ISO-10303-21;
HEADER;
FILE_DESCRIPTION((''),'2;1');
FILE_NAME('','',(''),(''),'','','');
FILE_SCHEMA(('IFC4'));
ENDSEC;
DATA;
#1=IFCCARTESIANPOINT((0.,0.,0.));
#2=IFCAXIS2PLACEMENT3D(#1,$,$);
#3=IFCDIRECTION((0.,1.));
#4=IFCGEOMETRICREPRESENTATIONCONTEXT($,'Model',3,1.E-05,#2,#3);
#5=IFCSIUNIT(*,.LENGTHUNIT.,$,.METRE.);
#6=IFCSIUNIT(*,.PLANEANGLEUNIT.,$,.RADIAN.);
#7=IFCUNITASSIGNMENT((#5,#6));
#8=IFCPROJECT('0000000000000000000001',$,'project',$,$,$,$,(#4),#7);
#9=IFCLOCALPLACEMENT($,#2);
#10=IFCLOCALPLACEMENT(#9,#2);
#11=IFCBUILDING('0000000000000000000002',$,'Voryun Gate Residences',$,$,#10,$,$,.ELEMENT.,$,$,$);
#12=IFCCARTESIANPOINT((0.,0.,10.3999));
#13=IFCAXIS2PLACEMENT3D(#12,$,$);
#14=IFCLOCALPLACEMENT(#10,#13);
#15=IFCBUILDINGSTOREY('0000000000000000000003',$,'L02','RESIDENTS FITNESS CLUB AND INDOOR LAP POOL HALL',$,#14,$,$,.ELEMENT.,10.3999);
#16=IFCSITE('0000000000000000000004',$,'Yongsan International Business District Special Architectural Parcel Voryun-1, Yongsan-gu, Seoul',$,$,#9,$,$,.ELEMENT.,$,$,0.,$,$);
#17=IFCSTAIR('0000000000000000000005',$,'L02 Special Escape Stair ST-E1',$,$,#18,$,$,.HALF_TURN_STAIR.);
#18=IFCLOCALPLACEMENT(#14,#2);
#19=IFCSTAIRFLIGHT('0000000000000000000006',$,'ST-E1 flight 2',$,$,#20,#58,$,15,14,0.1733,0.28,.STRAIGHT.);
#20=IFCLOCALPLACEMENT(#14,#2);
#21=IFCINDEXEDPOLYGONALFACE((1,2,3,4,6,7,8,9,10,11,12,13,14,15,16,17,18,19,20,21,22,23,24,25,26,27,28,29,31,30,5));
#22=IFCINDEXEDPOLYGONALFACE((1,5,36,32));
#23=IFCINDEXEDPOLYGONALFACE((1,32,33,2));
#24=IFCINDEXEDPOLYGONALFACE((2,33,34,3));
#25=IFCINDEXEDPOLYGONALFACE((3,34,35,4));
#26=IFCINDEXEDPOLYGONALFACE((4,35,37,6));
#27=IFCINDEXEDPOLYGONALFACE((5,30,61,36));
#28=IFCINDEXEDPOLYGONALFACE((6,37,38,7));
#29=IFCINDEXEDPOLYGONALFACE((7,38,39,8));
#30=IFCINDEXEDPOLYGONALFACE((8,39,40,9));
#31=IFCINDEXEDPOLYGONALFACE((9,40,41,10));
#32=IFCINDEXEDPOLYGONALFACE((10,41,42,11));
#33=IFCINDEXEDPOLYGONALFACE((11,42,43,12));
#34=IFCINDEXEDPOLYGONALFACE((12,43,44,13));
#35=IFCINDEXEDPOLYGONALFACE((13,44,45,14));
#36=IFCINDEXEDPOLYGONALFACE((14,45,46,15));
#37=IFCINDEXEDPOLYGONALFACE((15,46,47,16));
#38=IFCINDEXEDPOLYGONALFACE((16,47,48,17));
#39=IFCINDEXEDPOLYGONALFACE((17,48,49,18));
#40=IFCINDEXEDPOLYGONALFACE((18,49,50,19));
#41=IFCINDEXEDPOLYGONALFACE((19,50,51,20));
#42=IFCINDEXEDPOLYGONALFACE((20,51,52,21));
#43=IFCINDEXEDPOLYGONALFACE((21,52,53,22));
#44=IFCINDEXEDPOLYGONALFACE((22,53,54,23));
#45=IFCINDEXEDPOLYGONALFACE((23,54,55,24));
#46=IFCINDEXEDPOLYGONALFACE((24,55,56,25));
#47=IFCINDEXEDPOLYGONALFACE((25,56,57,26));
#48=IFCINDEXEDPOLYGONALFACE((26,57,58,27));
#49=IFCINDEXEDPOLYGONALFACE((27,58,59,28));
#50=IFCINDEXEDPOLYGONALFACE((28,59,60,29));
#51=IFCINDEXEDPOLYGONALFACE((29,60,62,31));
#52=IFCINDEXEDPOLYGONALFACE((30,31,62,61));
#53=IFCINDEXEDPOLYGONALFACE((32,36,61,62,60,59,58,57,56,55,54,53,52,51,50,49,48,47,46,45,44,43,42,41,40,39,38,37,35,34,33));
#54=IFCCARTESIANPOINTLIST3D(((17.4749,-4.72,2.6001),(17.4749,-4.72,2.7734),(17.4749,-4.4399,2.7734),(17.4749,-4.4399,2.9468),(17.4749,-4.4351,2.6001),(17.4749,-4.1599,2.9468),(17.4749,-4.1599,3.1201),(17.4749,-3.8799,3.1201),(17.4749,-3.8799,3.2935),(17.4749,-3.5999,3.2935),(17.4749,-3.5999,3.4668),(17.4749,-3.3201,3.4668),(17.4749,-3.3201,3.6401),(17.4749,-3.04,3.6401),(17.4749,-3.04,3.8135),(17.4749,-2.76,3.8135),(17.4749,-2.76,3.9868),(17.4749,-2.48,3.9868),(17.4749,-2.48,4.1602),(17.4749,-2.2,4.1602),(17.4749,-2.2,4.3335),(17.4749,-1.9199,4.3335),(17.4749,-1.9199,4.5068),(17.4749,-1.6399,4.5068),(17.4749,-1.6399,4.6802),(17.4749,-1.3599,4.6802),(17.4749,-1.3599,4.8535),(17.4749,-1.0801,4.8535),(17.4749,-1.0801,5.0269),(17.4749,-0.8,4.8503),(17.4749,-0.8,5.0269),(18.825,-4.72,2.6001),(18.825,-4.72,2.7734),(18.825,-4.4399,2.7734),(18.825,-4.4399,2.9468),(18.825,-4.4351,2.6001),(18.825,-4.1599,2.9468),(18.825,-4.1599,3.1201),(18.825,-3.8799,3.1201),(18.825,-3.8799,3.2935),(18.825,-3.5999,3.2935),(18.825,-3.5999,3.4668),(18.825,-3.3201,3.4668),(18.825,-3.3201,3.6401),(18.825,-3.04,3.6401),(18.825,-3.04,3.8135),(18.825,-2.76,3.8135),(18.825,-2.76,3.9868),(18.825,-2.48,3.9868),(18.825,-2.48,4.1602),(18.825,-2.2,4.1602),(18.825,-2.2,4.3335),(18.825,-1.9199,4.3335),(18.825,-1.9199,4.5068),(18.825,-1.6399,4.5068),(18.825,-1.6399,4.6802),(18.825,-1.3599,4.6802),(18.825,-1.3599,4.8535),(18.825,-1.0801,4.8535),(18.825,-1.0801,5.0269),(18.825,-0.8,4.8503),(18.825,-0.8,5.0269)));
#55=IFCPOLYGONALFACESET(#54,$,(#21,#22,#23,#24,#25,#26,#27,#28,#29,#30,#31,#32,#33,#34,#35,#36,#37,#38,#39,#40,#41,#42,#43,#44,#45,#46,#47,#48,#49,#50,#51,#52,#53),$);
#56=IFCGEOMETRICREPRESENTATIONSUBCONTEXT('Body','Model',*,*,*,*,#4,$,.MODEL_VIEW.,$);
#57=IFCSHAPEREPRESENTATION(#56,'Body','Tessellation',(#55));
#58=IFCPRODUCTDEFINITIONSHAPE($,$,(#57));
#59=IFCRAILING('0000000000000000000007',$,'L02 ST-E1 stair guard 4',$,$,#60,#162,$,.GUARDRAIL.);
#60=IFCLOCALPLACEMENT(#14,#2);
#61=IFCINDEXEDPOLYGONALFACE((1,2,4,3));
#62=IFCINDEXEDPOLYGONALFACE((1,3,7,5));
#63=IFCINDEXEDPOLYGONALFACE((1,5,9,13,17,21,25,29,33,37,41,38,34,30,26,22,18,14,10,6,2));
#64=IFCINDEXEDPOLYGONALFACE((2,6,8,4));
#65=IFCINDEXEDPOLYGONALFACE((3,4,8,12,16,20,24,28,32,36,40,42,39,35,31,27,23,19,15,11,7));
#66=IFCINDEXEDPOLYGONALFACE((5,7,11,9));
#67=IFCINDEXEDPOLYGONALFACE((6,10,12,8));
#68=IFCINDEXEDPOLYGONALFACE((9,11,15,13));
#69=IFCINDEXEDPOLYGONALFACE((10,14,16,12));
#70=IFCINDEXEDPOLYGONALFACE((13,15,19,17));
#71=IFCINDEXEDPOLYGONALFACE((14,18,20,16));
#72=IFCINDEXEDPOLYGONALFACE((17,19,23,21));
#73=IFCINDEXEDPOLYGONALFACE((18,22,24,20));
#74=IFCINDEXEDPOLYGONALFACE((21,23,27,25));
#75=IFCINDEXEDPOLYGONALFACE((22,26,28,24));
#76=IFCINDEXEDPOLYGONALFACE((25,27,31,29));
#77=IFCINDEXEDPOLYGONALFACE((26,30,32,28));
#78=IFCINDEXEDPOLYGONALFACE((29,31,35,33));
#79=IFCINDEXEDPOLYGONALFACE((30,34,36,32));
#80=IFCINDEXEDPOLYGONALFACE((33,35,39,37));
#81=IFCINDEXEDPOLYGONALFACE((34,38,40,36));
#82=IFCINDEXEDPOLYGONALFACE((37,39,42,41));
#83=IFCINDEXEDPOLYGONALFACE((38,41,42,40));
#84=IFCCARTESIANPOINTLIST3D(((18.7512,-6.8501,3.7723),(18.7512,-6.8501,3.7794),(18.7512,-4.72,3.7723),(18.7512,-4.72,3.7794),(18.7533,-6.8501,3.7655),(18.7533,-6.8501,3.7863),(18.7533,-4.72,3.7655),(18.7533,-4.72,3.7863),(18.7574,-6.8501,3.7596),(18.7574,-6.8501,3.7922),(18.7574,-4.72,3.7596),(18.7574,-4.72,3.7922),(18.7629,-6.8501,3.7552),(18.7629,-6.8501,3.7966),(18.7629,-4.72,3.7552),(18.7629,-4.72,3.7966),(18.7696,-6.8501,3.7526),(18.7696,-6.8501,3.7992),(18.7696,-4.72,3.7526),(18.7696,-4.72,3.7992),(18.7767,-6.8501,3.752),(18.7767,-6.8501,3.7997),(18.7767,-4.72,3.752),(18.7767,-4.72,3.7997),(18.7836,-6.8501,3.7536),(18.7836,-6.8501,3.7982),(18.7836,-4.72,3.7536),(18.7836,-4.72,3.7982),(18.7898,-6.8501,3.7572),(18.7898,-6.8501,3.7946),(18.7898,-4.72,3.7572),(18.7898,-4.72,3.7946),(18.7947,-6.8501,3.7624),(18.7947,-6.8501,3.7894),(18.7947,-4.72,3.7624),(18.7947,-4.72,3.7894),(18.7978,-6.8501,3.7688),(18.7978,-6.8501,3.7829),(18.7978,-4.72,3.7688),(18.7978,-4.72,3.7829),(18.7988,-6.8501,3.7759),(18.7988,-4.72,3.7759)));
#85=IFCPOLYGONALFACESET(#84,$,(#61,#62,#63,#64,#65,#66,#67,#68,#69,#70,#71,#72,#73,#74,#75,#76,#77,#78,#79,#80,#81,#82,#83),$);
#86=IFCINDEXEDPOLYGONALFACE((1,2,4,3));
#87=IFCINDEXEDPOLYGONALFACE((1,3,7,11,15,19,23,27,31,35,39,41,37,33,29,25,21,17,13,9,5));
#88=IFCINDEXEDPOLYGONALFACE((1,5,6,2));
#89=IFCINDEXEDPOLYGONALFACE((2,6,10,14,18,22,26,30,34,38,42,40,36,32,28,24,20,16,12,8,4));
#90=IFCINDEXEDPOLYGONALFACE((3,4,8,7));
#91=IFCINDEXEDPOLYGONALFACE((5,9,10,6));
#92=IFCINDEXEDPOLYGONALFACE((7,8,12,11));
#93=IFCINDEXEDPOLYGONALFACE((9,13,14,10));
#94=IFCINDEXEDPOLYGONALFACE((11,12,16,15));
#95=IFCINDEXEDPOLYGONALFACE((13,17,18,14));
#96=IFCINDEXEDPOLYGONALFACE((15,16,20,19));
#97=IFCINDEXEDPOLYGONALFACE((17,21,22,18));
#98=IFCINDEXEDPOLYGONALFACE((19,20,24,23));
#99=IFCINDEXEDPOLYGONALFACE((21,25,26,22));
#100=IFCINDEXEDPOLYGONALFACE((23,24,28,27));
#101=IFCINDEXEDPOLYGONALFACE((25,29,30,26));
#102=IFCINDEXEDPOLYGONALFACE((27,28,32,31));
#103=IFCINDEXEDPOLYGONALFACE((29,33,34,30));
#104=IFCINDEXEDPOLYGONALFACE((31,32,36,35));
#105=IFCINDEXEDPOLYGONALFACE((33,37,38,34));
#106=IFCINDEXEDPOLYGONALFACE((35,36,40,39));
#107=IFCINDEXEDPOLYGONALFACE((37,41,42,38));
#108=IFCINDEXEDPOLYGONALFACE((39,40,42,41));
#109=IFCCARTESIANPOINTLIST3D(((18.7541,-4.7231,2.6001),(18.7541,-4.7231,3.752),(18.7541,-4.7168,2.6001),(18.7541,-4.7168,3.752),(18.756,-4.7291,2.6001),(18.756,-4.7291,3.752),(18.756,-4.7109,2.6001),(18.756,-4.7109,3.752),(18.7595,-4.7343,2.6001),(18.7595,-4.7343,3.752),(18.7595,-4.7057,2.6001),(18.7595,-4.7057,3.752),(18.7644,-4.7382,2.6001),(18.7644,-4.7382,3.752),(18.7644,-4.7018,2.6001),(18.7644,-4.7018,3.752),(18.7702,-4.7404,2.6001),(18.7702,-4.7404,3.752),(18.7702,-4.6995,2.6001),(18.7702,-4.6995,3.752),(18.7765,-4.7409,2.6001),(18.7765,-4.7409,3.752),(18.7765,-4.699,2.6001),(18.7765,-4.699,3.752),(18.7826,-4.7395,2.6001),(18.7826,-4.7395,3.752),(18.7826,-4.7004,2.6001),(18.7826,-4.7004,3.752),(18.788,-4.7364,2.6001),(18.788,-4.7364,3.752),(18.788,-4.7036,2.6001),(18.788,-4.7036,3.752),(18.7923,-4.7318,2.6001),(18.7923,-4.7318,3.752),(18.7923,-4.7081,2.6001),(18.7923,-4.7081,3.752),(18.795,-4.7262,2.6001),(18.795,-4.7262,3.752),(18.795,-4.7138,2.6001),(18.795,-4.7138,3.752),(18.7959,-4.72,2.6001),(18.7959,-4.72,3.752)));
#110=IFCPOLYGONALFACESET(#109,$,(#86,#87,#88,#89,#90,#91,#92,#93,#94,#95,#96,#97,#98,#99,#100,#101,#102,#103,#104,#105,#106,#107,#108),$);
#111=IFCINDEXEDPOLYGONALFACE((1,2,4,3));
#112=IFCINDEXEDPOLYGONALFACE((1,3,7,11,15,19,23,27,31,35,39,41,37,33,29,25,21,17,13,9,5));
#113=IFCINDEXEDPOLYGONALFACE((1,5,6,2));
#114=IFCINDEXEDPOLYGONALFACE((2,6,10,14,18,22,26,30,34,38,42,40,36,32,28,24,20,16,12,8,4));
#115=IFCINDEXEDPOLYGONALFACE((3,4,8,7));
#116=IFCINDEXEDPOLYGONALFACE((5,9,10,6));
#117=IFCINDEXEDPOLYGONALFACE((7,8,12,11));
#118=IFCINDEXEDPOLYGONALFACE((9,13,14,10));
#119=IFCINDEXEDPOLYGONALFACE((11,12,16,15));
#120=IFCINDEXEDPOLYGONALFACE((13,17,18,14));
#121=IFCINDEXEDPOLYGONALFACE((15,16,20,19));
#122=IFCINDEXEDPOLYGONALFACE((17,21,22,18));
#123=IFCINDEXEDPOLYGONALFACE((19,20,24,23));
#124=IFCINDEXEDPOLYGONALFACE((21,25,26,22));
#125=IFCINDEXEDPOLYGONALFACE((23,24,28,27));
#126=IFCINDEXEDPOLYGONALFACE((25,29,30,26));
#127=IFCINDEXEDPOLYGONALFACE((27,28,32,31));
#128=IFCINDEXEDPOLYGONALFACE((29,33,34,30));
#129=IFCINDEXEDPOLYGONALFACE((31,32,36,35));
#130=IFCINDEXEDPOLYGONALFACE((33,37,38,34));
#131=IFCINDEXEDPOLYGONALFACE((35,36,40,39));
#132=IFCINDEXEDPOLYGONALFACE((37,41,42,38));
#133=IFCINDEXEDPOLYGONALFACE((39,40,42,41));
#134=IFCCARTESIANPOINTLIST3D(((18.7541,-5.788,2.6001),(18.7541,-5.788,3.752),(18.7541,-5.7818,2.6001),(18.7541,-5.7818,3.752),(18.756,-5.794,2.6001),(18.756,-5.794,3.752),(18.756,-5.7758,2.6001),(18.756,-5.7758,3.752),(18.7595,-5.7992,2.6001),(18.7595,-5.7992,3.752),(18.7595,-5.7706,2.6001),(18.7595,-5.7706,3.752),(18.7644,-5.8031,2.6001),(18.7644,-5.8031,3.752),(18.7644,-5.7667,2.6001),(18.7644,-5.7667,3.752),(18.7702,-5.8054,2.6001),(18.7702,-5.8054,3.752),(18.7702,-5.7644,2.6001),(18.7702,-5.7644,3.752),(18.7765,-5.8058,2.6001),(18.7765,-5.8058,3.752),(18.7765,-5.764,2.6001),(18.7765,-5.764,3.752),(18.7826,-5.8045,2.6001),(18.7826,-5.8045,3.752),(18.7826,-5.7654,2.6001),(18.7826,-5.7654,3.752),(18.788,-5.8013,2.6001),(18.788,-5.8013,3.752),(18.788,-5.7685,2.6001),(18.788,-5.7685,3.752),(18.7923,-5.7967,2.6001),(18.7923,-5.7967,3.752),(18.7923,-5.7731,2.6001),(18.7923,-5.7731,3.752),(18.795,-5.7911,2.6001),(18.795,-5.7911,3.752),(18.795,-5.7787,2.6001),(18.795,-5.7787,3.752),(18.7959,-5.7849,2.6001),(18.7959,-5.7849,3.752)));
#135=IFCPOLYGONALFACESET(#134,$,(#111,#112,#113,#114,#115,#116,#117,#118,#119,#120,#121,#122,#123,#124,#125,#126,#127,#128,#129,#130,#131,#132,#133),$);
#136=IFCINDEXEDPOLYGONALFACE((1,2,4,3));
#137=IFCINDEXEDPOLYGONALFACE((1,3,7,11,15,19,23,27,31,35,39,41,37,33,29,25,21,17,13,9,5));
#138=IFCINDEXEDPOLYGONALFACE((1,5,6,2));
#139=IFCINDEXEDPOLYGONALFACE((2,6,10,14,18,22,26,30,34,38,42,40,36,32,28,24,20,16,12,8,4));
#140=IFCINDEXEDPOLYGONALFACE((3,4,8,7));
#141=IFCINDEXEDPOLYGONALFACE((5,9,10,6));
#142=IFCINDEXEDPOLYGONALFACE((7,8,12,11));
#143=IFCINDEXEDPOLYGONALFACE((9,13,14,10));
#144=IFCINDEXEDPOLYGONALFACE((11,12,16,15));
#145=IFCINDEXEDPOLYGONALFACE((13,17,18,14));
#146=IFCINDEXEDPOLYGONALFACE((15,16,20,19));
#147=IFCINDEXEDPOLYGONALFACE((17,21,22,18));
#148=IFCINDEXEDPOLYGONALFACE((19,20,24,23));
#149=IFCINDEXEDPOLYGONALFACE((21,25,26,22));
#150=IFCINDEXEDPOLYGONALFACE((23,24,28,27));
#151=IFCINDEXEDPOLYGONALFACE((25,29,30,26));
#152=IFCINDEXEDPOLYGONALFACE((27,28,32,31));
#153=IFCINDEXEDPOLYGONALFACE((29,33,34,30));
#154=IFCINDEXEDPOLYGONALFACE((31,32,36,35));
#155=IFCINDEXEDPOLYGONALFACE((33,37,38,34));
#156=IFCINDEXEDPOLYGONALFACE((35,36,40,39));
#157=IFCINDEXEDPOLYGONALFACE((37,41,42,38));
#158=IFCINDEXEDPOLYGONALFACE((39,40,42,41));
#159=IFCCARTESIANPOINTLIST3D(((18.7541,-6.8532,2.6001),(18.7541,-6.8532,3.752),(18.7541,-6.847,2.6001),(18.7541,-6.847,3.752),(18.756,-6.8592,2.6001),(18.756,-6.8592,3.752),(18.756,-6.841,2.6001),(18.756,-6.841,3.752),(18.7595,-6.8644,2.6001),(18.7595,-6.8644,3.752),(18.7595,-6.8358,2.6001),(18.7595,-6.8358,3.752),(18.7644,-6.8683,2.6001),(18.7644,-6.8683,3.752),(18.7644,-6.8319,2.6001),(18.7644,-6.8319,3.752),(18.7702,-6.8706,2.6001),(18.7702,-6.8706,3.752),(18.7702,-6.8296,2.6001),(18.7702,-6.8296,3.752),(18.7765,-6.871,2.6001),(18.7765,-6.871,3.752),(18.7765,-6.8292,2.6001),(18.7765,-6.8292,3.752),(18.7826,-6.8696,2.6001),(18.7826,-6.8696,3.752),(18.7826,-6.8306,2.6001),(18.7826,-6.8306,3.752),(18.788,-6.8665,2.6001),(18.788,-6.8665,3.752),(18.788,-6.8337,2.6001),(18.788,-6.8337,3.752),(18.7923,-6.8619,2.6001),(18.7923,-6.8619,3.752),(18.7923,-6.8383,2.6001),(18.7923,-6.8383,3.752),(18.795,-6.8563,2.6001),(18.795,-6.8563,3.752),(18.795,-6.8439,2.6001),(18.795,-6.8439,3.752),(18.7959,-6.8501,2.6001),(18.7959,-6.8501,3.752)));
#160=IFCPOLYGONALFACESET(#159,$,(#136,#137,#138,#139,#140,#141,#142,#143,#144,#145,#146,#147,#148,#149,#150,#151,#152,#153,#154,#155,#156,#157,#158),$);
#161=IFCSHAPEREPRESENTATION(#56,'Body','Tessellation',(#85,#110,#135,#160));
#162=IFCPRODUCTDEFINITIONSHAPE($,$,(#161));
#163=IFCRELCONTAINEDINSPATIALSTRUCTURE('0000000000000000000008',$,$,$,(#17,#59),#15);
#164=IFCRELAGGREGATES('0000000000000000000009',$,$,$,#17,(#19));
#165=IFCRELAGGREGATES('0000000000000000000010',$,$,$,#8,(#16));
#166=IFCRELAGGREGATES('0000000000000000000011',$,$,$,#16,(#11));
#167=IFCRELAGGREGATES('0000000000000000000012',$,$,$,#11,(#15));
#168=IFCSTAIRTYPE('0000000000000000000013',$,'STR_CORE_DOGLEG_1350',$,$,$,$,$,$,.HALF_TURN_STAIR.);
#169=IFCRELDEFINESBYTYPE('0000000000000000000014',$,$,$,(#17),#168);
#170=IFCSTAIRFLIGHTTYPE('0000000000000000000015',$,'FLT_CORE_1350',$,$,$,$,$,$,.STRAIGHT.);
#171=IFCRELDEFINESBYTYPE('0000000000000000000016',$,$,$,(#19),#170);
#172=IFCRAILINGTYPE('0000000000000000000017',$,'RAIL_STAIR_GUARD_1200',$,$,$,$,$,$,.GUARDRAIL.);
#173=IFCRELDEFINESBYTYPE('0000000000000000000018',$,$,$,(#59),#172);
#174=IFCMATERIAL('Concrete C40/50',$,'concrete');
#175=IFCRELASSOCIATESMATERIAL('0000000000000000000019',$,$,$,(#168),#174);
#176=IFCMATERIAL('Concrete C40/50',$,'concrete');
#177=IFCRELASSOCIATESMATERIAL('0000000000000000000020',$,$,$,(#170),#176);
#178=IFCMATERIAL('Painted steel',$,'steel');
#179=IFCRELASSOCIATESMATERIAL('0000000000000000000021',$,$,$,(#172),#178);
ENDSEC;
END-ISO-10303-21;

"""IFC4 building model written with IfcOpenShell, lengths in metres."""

from ifc_helpers import new_model, si_unit, direction, frame, origin, origin_2d, place, context, subcontext, project, spatial, polyline, circle, outline, extrude, material, type_object, element, aggregate, save


model = new_model("IFC4")

# Units and contexts
model_context = context("Model", 3, precision=1e-05, world=origin(), true_north=direction((0.0, 1.0)))
body_context = subcontext(model_context, "Body", "Model", "MODEL_VIEW")
ifc_project = project(units=[si_unit("LENGTHUNIT", "METRE"), si_unit("PLANEANGLEUNIT", "RADIAN")], contexts=[model_context])

# Site, building, storey
site_placement = place(None, origin())
site = spatial("IfcSite", under=ifc_project, at=site_placement, Name="Yongsan International Business District Special Architectural Parcel Voryun-1, Yongsan-gu, Seoul", CompositionType="ELEMENT", RefElevation=0.0)
building_placement = place(site_placement, origin())
building = spatial("IfcBuilding", under=site, at=building_placement, Name="Voryun Gate Residences", CompositionType="ELEMENT")
storey_placement = place(building_placement, frame((0.0, 0.0, 10.3999)))
storey = spatial("IfcBuildingStorey", under=building, at=storey_placement, Name="L02", Description="RESIDENTS FITNESS CLUB AND INDOOR LAP POOL HALL", CompositionType="ELEMENT", Elevation=10.3999)

# Stair, stair flight
ifc_material_1 = material(Name="Concrete C40/50", Category="concrete")
stair_type = type_object("IfcStairType", Name="STR_CORE_DOGLEG_1350", PredefinedType="HALF_TURN_STAIR", material=ifc_material_1)
stair_placement = place(storey_placement, origin())
stair = element("IfcStair", 1, at=stair_placement, inside=storey, type_object=stair_type, Name="L02 Special Escape Stair ST-E1", PredefinedType="HALF_TURN_STAIR")
ifc_material_2 = material(Name="Concrete C40/50", Category="concrete")
stair_flight_type = type_object("IfcStairFlightType", Name="FLT_CORE_1350", PredefinedType="STRAIGHT", material=ifc_material_2)
stair_flight_placement = place(storey_placement, frame((18.1499, -4.72, 2.6001), z_axis=(0.0, 0.0, 1.0), x_axis=(0.0, 1.0, 0.0)))
stair_flight = element("IfcStairFlight", 2, at=stair_flight_placement, type_object=stair_flight_type, Name="ST-E1 flight 2", NumberOfRisers=15, NumberOfTreads=14, PredefinedType="STRAIGHT", RiserHeight=0.1733, TreadLength=0.28, context=body_context, shape_type="SweptSolid", body=[
    extrude(outline(polyline([(0.0, 0.0), (0.0, 0.1733), (0.28, 0.1733), (0.28, 0.3467), (0.5601, 0.3467), (0.5601, 0.52), (0.8401, 0.52), (0.8401, 0.6934), (1.1201, 0.6934), (1.1201, 0.8667), (1.3999, 0.8667), (1.3999, 1.04), (1.6799, 1.04), (1.6799, 1.2134), (1.96, 1.2134), (1.96, 1.3867), (2.24, 1.3867), (2.24, 1.5601), (2.52, 1.5601), (2.52, 1.7334), (2.8, 1.7334), (2.8, 1.9067), (3.0801, 1.9067), (3.0801, 2.0801), (3.3601, 2.0801), (3.3601, 2.2534), (3.6399, 2.2534), (3.6399, 2.4268), (3.9199, 2.4268), (3.9199, 2.6001), (3.9199, 2.2502), (0.2849, 0.0), (0.0, 0.0)])), frame((0.0, 0.675, 0.0), z_axis=(0.0, -1.0, 0.0), x_axis=(1.0, 0.0, 0.0)), (0.0, 0.0, 1.0), 1.3501),
])
aggregate(stair, [stair_flight])

# Railing
ifc_material_3 = material(Name="Painted steel", Category="steel")
railing_type_1 = type_object("IfcRailingType", Name="RAIL_STAIR_GUARD_1200", PredefinedType="GUARDRAIL", material=ifc_material_3)
railing_1_placement = place(storey_placement, frame((18.7749, -4.72, 2.6001)))
element("IfcRailing", 3, at=railing_1_placement, inside=storey, type_object=railing_type_1, Name="L02 ST-E1 stair guard 4", PredefinedType="GUARDRAIL", context=body_context, shape_type="SweptSolid", body=[
    extrude(circle(Radius=0.0239, at=origin_2d()), frame((0.0, 0.0, 1.1758), z_axis=(0.0, -1.0, 0.0), x_axis=(1.0, 0.0, 0.0)), (0.0, 0.0, 1.0), 2.1301),
    extrude(circle(Radius=0.021, at=origin_2d()), origin(), (0.0, 0.0, 1.0), 1.1519),
    extrude(circle(Radius=0.021, at=origin_2d()), frame((0.0, -1.0649, 0.0)), (0.0, 0.0, 1.0), 1.1519),
    extrude(circle(Radius=0.021, at=origin_2d()), frame((0.0, -2.1301, 0.0)), (0.0, 0.0, 1.0), 1.1519),
])

save(model, "model.ifc")
